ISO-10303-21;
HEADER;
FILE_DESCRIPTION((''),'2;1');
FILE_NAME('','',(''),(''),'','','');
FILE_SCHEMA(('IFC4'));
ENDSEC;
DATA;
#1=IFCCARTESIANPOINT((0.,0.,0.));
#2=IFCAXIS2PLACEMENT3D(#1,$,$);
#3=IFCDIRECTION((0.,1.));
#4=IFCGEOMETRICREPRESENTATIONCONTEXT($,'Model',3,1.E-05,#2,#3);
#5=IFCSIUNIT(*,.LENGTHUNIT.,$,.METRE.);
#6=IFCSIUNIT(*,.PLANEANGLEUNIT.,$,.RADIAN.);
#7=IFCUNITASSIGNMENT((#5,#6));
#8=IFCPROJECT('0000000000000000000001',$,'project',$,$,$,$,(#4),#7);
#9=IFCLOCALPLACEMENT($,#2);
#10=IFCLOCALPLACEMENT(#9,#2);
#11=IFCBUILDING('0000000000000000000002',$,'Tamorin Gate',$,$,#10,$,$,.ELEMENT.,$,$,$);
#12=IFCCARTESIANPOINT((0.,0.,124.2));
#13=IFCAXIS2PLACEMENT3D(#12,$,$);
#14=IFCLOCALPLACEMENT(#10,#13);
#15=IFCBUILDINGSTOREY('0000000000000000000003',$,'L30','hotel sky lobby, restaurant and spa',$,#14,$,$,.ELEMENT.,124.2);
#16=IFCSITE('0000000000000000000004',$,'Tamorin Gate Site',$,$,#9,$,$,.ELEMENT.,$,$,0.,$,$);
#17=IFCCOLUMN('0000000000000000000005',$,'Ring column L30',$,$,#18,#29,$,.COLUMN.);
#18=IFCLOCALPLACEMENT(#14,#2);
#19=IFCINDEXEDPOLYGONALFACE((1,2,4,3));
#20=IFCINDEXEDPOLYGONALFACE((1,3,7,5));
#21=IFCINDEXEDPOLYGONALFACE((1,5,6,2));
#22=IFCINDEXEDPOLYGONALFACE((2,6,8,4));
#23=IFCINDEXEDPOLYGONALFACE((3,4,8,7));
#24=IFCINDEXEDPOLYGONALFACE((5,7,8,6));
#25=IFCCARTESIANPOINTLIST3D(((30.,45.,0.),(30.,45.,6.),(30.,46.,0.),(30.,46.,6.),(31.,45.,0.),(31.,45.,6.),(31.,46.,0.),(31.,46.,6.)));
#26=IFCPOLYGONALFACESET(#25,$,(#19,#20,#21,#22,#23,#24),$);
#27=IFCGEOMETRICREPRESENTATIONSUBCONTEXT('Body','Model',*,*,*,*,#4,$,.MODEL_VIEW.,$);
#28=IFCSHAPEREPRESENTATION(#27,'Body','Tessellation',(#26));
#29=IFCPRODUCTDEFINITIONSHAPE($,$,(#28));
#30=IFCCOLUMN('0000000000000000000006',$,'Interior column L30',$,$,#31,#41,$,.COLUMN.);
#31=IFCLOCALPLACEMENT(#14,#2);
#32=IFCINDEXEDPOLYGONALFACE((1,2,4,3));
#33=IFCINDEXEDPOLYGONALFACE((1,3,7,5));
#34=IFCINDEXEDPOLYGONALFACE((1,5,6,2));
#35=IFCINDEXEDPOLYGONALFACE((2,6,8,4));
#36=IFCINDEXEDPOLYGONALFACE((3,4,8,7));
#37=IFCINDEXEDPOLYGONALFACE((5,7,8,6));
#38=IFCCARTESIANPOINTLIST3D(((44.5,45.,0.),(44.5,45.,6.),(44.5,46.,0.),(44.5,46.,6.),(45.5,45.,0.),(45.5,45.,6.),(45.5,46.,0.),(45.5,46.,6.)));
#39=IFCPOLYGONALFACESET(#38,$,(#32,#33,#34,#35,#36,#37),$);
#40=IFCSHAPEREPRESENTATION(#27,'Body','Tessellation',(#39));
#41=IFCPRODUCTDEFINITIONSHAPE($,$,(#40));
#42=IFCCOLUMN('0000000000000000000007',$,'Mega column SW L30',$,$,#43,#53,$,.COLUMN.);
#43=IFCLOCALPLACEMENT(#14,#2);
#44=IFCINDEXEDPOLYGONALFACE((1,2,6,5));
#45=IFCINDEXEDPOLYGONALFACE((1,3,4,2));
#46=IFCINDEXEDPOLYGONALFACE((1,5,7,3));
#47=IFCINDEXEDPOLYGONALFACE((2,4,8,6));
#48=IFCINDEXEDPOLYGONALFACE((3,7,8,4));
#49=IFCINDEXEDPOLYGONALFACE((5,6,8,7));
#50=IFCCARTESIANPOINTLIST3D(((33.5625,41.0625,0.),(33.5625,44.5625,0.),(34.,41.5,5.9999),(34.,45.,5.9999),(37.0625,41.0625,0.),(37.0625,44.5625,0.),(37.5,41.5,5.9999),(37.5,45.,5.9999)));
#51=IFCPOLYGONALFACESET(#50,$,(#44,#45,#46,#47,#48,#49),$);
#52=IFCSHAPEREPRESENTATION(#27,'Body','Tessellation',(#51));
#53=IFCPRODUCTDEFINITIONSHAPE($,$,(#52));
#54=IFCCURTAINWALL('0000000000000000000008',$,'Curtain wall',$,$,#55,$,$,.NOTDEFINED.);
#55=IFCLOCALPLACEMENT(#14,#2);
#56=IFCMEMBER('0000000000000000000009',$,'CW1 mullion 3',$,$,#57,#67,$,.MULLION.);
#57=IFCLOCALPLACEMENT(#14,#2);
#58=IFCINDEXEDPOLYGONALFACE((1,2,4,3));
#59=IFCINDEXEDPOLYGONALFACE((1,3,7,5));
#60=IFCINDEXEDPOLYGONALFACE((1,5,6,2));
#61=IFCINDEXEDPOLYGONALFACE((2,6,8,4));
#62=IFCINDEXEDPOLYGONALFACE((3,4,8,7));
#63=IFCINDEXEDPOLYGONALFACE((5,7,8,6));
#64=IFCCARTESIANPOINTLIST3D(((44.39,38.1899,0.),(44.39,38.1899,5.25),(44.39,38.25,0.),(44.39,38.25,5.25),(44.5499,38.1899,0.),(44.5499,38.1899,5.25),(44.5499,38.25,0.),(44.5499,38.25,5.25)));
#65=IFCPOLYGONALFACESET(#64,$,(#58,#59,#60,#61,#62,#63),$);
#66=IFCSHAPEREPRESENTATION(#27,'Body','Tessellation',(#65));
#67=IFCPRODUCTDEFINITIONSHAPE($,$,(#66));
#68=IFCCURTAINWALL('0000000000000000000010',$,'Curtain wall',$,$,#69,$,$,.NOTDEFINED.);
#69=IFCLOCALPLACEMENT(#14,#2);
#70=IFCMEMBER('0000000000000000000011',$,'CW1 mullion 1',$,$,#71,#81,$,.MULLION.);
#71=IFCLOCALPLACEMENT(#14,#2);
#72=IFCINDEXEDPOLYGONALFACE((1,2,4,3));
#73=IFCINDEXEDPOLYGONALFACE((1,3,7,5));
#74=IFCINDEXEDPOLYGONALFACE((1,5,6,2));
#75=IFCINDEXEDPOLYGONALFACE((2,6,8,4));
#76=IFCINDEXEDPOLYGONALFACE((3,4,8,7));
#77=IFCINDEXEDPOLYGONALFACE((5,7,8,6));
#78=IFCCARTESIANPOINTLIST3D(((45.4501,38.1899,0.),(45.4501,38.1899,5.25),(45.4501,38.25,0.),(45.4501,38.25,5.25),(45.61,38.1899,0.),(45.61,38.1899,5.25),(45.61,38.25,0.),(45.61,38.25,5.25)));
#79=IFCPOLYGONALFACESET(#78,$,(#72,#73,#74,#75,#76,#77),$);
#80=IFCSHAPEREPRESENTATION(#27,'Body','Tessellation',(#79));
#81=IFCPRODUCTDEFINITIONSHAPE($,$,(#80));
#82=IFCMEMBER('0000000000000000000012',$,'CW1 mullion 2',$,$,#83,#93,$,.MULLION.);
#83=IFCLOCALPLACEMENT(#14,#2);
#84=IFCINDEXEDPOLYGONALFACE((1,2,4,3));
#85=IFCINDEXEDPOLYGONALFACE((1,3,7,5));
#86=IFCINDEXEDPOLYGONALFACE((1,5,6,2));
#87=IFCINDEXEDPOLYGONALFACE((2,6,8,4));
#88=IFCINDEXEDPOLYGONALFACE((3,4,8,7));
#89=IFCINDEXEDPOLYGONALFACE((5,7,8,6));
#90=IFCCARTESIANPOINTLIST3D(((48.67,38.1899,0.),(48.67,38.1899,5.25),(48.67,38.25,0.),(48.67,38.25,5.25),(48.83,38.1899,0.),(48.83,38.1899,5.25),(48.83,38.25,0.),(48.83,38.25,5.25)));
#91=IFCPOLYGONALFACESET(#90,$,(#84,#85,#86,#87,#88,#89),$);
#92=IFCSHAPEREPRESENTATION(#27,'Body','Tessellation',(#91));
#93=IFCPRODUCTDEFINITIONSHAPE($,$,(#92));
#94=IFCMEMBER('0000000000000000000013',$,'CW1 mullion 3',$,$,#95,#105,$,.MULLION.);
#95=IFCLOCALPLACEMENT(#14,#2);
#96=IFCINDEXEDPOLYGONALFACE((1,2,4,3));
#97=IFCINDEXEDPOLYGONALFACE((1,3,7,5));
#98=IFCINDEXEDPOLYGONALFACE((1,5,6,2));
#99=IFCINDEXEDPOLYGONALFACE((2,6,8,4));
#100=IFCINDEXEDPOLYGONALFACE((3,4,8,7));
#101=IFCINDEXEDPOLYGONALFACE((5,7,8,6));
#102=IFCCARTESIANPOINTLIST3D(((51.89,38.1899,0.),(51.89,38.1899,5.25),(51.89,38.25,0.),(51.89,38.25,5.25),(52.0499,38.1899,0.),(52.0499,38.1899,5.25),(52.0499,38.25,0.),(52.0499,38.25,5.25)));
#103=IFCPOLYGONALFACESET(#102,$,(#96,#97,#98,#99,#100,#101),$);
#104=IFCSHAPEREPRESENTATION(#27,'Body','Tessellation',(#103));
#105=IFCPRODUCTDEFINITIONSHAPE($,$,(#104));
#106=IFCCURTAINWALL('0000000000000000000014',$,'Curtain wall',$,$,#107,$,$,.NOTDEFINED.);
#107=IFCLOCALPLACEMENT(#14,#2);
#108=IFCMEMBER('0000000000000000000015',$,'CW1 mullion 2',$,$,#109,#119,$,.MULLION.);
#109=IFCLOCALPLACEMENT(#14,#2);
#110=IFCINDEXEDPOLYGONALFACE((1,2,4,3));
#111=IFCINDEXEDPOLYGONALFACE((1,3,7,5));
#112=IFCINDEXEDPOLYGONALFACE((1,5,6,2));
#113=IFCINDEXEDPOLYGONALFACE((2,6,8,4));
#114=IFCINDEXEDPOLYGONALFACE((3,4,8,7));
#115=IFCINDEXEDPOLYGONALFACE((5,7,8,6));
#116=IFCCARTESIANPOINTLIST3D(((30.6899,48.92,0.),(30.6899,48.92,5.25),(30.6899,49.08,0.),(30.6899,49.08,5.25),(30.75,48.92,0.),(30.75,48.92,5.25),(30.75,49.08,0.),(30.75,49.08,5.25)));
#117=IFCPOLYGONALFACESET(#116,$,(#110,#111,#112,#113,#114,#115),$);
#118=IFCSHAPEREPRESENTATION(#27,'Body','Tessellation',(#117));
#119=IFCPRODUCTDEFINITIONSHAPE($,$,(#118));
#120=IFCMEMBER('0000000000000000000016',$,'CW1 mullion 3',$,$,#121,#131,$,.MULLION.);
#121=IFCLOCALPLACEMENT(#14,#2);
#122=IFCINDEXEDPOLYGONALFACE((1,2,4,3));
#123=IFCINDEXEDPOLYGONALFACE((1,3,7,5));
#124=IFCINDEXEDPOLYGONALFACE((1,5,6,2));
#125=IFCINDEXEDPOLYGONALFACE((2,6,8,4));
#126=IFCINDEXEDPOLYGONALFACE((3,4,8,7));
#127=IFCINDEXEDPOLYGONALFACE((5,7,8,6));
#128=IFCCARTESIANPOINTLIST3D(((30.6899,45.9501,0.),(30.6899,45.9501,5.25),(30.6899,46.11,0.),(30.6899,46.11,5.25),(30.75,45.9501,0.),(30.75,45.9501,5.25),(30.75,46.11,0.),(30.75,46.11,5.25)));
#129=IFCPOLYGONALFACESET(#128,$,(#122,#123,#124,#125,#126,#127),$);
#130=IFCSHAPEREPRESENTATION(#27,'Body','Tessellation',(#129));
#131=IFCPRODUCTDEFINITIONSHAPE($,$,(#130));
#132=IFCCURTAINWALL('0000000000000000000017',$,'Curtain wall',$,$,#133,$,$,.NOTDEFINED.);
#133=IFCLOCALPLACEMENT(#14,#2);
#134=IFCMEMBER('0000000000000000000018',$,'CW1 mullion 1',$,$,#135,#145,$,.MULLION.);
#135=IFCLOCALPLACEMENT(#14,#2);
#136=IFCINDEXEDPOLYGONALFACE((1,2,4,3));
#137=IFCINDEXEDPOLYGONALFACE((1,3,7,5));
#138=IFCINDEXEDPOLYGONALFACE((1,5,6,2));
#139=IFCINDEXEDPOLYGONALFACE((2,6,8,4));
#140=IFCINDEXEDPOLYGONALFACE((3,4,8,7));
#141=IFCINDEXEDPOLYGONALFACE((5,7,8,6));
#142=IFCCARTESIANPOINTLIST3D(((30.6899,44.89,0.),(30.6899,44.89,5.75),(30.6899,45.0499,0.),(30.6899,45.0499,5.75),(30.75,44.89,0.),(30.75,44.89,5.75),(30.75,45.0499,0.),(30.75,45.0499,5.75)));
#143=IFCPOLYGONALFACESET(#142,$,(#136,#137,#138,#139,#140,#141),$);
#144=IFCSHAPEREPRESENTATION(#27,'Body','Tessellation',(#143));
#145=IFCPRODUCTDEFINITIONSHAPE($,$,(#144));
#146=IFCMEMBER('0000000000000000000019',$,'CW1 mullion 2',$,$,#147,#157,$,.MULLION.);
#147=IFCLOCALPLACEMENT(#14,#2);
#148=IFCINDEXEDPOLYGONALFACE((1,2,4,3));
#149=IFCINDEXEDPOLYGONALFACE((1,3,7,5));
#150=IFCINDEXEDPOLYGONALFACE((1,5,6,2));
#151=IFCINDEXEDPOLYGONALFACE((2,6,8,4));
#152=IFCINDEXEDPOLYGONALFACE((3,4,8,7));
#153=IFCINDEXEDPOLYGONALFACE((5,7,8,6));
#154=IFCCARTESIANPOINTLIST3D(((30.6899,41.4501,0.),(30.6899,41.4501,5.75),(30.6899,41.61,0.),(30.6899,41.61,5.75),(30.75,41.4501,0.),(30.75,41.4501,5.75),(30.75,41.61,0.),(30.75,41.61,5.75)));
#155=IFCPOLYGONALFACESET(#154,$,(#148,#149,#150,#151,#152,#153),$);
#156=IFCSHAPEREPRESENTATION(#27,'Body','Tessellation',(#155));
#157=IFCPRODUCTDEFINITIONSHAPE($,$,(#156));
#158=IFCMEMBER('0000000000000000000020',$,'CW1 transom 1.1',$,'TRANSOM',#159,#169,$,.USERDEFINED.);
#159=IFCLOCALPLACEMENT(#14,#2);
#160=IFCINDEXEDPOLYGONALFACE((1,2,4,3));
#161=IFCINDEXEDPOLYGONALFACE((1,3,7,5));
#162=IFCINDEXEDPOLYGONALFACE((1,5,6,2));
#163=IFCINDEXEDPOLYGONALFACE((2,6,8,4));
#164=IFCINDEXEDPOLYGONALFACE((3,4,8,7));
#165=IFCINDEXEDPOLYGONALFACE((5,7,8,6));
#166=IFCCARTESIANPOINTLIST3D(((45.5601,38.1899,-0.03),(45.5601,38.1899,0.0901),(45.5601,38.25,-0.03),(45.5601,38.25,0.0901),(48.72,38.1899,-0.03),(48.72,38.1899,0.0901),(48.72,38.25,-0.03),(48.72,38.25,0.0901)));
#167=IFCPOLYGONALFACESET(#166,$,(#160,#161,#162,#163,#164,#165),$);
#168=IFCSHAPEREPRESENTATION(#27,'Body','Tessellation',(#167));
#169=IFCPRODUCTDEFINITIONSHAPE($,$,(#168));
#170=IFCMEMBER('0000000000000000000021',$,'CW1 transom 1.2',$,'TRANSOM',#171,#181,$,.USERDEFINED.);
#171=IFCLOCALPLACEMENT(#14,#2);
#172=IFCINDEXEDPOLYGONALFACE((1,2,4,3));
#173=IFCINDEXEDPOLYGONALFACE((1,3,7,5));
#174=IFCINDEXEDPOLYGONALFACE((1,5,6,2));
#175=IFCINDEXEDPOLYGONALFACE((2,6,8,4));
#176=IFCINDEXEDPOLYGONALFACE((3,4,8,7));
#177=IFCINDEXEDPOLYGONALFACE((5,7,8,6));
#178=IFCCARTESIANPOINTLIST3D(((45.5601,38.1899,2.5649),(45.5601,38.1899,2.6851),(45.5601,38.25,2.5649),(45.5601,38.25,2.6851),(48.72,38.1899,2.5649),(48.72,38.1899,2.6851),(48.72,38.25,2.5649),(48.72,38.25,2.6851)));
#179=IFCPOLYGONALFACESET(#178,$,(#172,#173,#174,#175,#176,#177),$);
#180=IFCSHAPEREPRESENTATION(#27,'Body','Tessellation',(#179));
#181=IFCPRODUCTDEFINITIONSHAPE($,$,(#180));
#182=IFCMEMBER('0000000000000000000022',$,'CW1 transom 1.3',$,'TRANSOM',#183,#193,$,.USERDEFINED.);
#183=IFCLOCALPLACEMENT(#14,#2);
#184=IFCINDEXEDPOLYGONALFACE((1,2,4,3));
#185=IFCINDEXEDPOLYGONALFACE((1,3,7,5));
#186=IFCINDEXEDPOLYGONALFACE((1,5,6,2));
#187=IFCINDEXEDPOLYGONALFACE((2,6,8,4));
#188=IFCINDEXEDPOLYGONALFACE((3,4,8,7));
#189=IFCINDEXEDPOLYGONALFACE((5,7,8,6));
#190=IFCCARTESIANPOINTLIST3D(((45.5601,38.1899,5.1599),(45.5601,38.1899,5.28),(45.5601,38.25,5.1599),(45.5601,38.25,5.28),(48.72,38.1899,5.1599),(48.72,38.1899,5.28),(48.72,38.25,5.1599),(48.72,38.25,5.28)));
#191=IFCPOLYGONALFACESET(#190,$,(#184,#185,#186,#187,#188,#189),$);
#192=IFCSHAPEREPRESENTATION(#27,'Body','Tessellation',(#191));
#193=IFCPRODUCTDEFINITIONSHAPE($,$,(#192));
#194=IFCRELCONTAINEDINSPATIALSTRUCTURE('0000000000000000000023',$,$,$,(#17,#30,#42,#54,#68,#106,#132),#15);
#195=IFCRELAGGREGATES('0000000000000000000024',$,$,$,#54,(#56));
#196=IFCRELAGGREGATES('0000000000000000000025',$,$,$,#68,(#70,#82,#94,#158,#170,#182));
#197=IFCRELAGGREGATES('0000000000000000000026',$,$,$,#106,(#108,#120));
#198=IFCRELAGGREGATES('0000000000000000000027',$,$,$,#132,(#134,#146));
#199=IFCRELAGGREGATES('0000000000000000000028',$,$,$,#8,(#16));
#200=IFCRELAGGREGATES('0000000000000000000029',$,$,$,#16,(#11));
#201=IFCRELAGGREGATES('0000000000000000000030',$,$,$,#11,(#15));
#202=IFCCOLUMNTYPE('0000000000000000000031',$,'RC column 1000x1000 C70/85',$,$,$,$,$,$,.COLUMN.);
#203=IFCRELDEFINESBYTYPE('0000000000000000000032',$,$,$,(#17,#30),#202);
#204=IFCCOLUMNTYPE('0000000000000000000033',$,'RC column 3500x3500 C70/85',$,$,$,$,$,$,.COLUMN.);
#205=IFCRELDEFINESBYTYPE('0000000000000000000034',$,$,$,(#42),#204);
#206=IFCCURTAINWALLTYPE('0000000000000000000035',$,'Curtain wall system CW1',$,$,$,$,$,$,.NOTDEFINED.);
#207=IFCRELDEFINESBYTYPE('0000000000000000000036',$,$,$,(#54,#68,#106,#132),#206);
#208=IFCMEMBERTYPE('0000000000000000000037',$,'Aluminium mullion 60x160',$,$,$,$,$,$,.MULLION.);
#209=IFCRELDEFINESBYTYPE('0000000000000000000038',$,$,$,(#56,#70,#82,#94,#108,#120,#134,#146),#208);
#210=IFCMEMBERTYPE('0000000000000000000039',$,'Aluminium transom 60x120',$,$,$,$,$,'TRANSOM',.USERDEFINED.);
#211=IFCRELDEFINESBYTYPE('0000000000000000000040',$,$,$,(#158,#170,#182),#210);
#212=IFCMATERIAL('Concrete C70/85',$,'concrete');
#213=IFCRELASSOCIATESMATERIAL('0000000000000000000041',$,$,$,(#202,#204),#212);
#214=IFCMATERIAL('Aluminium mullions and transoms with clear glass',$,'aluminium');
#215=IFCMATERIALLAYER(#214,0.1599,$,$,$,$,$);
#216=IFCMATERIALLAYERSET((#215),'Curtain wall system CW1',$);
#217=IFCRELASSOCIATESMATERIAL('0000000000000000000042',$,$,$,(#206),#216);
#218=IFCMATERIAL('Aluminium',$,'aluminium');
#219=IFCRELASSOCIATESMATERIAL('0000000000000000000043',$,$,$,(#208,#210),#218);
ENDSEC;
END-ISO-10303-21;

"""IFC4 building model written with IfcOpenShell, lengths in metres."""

from ifc_helpers import new_model, si_unit, direction, frame, origin, origin_2d, place, context, subcontext, project, spatial, rectangle, extrude, material, layer, layer_set, material_profile, profile_set, type_object, element, aggregate, save


model = new_model("IFC4")

# Units and contexts
model_context = context("Model", 3, precision=1e-05, world=origin(), true_north=direction((0.0, 1.0)))
body_context = subcontext(model_context, "Body", "Model", "MODEL_VIEW")
ifc_project = project(units=[si_unit("LENGTHUNIT", "METRE"), si_unit("PLANEANGLEUNIT", "RADIAN")], contexts=[model_context])

# Site, building, storey
site_placement = place(None, origin())
site = spatial("IfcSite", under=ifc_project, at=site_placement, Name="Tamorin Gate Site", CompositionType="ELEMENT", RefElevation=0.0)
building_placement = place(site_placement, origin())
building = spatial("IfcBuilding", under=site, at=building_placement, Name="Tamorin Gate", CompositionType="ELEMENT")
storey_placement = place(building_placement, frame((0.0, 0.0, 124.2)))
storey = spatial("IfcBuildingStorey", under=building, at=storey_placement, Name="L30", Description="hotel sky lobby, restaurant and spa", CompositionType="ELEMENT", Elevation=124.2)

# Columns
ifc_material_1 = material(Name="Concrete C70/85", Category="concrete")
ifc_material_profile_1 = material_profile(ifc_material_1, rectangle(XDim=1.0, YDim=1.0, at=origin_2d()), Name="RC 1000x1000")
ifc_profile_set_1 = profile_set([ifc_material_profile_1], Name="Concrete C70/85")
column_type_1 = type_object("IfcColumnType", Name="RC column 1000x1000 C70/85", PredefinedType="COLUMN", material=ifc_profile_set_1)
for number, where, z_axis, x_axis, name in (
    (1, (30.5, 45.5, 0.0), (0.0, 0.0, 1.0), (1.0, 0.0, 0.0), "Ring column L30"),
    (2, (45.0, 45.5, 0.0), (0.0, 0.0, 1.0), (1.0, 0.0, 0.0), "Interior column L30"),
):
    element("IfcColumn", number, at=place(storey_placement, frame(where, z_axis=z_axis, x_axis=x_axis)), inside=storey, type_object=column_type_1, Name=name, PredefinedType="COLUMN", context=body_context, shape_type="SweptSolid", body=[
        extrude(rectangle(XDim=1.0, YDim=1.0, at=origin_2d()), origin(), (0.0, 0.0, 1.0), 6.0),
    ])
ifc_material_profile_2 = material_profile(ifc_material_1, rectangle(XDim=3.5, YDim=3.5, at=origin_2d()), Name="RC 3500x3500")
ifc_profile_set_2 = profile_set([ifc_material_profile_2], Name="Concrete C70/85")
column_type_2 = type_object("IfcColumnType", Name="RC column 3500x3500 C70/85", PredefinedType="COLUMN", material=ifc_profile_set_2)
column_placement = place(storey_placement, frame((35.3125, 42.8125, 0.0), z_axis=(0.0, 0.0, 1.0), x_axis=(1.0, 0.0, 0.0)))
element("IfcColumn", 3, at=column_placement, inside=storey, type_object=column_type_2, Name="Mega column SW L30", PredefinedType="COLUMN", context=body_context, shape_type="SweptSolid", body=[
    extrude(rectangle(XDim=3.5, YDim=3.5, at=origin_2d()), origin(), (0.072532, 0.072532, 0.994725), 6.0317),
])

# Curtain wall, member
ifc_material_2 = material(Name="Aluminium mullions and transoms with clear glass", Category="aluminium")
ifc_layer_1 = layer(ifc_material_2, 0.1599)
ifc_layer_set_1 = layer_set([ifc_layer_1], Name="Curtain wall system CW1")
curtain_wall_type = type_object("IfcCurtainWallType", Name="Curtain wall system CW1", PredefinedType="NOTDEFINED", material=ifc_layer_set_1)
curtain_wall_1_placement = place(storey_placement, origin())
curtain_wall_1 = element("IfcCurtainWall", 4, at=curtain_wall_1_placement, inside=storey, type_object=curtain_wall_type, Name="Curtain wall", PredefinedType="NOTDEFINED")
ifc_material_3 = material(Name="Aluminium", Category="aluminium")
ifc_material_profile_3 = material_profile(ifc_material_3, rectangle(XDim=0.0601, YDim=0.1599, at=origin_2d()), Name="RECT 60x160")
ifc_profile_set_3 = profile_set([ifc_material_profile_3], Name="Aluminium")
member_type_1 = type_object("IfcMemberType", Name="Aluminium mullion 60x160", PredefinedType="MULLION", material=ifc_profile_set_3)
member_1_placement = place(storey_placement, frame((44.47, 38.22, 0.0), z_axis=(0.0, 0.0, 1.0), x_axis=(0.0, 1.0, 0.0)))
member_1 = element("IfcMember", 5, at=member_1_placement, type_object=member_type_1, Name="CW1 mullion 3", PredefinedType="MULLION", context=body_context, shape_type="SweptSolid", body=[
    extrude(rectangle(XDim=0.0601, YDim=0.1599, at=origin_2d()), origin(), (0.0, 0.0, 1.0), 5.25),
])

# Curtain walls, members
curtain_wall_2_placement = place(storey_placement, origin())
curtain_wall_2 = element("IfcCurtainWall", 6, at=curtain_wall_2_placement, inside=storey, type_object=curtain_wall_type, Name="Curtain wall", PredefinedType="NOTDEFINED")
member_2_placement = place(storey_placement, frame((45.53, 38.22, 0.0), z_axis=(0.0, 0.0, 1.0), x_axis=(0.0, 1.0, 0.0)))
member_2 = element("IfcMember", 7, at=member_2_placement, type_object=member_type_1, Name="CW1 mullion 1", PredefinedType="MULLION", context=body_context, shape_type="SweptSolid", body=[
    extrude(rectangle(XDim=0.0601, YDim=0.1599, at=origin_2d()), origin(), (0.0, 0.0, 1.0), 5.25),
])
member_3_placement = place(storey_placement, frame((48.75, 38.22, 0.0), z_axis=(0.0, 0.0, 1.0), x_axis=(0.0, 1.0, 0.0)))
member_3 = element("IfcMember", 8, at=member_3_placement, type_object=member_type_1, Name="CW1 mullion 2", PredefinedType="MULLION", context=body_context, shape_type="SweptSolid", body=[
    extrude(rectangle(XDim=0.0601, YDim=0.1599, at=origin_2d()), origin(), (0.0, 0.0, 1.0), 5.25),
])
member_4_placement = place(storey_placement, frame((51.97, 38.22, 0.0), z_axis=(0.0, 0.0, 1.0), x_axis=(0.0, 1.0, 0.0)))
member_4 = element("IfcMember", 9, at=member_4_placement, type_object=member_type_1, Name="CW1 mullion 3", PredefinedType="MULLION", context=body_context, shape_type="SweptSolid", body=[
    extrude(rectangle(XDim=0.0601, YDim=0.1599, at=origin_2d()), origin(), (0.0, 0.0, 1.0), 5.25),
])
curtain_wall_3_placement = place(storey_placement, origin())
curtain_wall_3 = element("IfcCurtainWall", 10, at=curtain_wall_3_placement, inside=storey, type_object=curtain_wall_type, Name="Curtain wall", PredefinedType="NOTDEFINED")
member_5_placement = place(storey_placement, frame((30.72, 49.0, 0.0), z_axis=(0.0, 0.0, 1.0), x_axis=(1.0, 0.0, 0.0)))
member_5 = element("IfcMember", 11, at=member_5_placement, type_object=member_type_1, Name="CW1 mullion 2", PredefinedType="MULLION", context=body_context, shape_type="SweptSolid", body=[
    extrude(rectangle(XDim=0.0601, YDim=0.1599, at=origin_2d()), origin(), (0.0, 0.0, 1.0), 5.25),
])
member_6_placement = place(storey_placement, frame((30.72, 46.03, 0.0), z_axis=(0.0, 0.0, 1.0), x_axis=(1.0, 0.0, 0.0)))
member_6 = element("IfcMember", 12, at=member_6_placement, type_object=member_type_1, Name="CW1 mullion 3", PredefinedType="MULLION", context=body_context, shape_type="SweptSolid", body=[
    extrude(rectangle(XDim=0.0601, YDim=0.1599, at=origin_2d()), origin(), (0.0, 0.0, 1.0), 5.25),
])
curtain_wall_4_placement = place(storey_placement, origin())
curtain_wall_4 = element("IfcCurtainWall", 13, at=curtain_wall_4_placement, inside=storey, type_object=curtain_wall_type, Name="Curtain wall", PredefinedType="NOTDEFINED")
member_7_placement = place(storey_placement, frame((30.72, 44.97, 0.0), z_axis=(0.0, 0.0, 1.0), x_axis=(1.0, 0.0, 0.0)))
member_7 = element("IfcMember", 14, at=member_7_placement, type_object=member_type_1, Name="CW1 mullion 1", PredefinedType="MULLION", context=body_context, shape_type="SweptSolid", body=[
    extrude(rectangle(XDim=0.0601, YDim=0.1599, at=origin_2d()), origin(), (0.0, 0.0, 1.0), 5.75),
])
member_8_placement = place(storey_placement, frame((30.72, 41.53, 0.0), z_axis=(0.0, 0.0, 1.0), x_axis=(1.0, 0.0, 0.0)))
member_8 = element("IfcMember", 15, at=member_8_placement, type_object=member_type_1, Name="CW1 mullion 2", PredefinedType="MULLION", context=body_context, shape_type="SweptSolid", body=[
    extrude(rectangle(XDim=0.0601, YDim=0.1599, at=origin_2d()), origin(), (0.0, 0.0, 1.0), 5.75),
])

# Members
ifc_material_profile_4 = material_profile(ifc_material_3, rectangle(XDim=0.0601, YDim=0.1201, at=origin_2d()), Name="RECT 60x120")
ifc_profile_set_4 = profile_set([ifc_material_profile_4], Name="Aluminium")
member_type_2 = type_object("IfcMemberType", Name="Aluminium transom 60x120", ElementType="TRANSOM", PredefinedType="USERDEFINED", material=ifc_profile_set_4)
member_9_placement = place(storey_placement, frame((45.5601, 38.22, 0.03), z_axis=(1.0, 0.0, 0.0), x_axis=(0.0, 1.0, 0.0)))
member_9 = element("IfcMember", 16, at=member_9_placement, type_object=member_type_2, Name="CW1 transom 1.1", ObjectType="TRANSOM", PredefinedType="USERDEFINED", context=body_context, shape_type="SweptSolid", body=[
    extrude(rectangle(XDim=0.0601, YDim=0.1201, at=origin_2d()), origin(), (0.0, 0.0, 1.0), 3.1599),
])
member_10_placement = place(storey_placement, frame((45.5601, 38.22, 2.625), z_axis=(1.0, 0.0, 0.0), x_axis=(0.0, 1.0, 0.0)))
member_10 = element("IfcMember", 17, at=member_10_placement, type_object=member_type_2, Name="CW1 transom 1.2", ObjectType="TRANSOM", PredefinedType="USERDEFINED", context=body_context, shape_type="SweptSolid", body=[
    extrude(rectangle(XDim=0.0601, YDim=0.1201, at=origin_2d()), origin(), (0.0, 0.0, 1.0), 3.1599),
])
member_11_placement = place(storey_placement, frame((45.5601, 38.22, 5.22), z_axis=(1.0, 0.0, 0.0), x_axis=(0.0, 1.0, 0.0)))
member_11 = element("IfcMember", 18, at=member_11_placement, type_object=member_type_2, Name="CW1 transom 1.3", ObjectType="TRANSOM", PredefinedType="USERDEFINED", context=body_context, shape_type="SweptSolid", body=[
    extrude(rectangle(XDim=0.0601, YDim=0.1201, at=origin_2d()), origin(), (0.0, 0.0, 1.0), 3.1599),
])

aggregate(curtain_wall_1, [member_1])
aggregate(curtain_wall_2, [member_2, member_3, member_4, member_9, member_10, member_11])
aggregate(curtain_wall_3, [member_5, member_6])
aggregate(curtain_wall_4, [member_7, member_8])

save(model, "model.ifc")
